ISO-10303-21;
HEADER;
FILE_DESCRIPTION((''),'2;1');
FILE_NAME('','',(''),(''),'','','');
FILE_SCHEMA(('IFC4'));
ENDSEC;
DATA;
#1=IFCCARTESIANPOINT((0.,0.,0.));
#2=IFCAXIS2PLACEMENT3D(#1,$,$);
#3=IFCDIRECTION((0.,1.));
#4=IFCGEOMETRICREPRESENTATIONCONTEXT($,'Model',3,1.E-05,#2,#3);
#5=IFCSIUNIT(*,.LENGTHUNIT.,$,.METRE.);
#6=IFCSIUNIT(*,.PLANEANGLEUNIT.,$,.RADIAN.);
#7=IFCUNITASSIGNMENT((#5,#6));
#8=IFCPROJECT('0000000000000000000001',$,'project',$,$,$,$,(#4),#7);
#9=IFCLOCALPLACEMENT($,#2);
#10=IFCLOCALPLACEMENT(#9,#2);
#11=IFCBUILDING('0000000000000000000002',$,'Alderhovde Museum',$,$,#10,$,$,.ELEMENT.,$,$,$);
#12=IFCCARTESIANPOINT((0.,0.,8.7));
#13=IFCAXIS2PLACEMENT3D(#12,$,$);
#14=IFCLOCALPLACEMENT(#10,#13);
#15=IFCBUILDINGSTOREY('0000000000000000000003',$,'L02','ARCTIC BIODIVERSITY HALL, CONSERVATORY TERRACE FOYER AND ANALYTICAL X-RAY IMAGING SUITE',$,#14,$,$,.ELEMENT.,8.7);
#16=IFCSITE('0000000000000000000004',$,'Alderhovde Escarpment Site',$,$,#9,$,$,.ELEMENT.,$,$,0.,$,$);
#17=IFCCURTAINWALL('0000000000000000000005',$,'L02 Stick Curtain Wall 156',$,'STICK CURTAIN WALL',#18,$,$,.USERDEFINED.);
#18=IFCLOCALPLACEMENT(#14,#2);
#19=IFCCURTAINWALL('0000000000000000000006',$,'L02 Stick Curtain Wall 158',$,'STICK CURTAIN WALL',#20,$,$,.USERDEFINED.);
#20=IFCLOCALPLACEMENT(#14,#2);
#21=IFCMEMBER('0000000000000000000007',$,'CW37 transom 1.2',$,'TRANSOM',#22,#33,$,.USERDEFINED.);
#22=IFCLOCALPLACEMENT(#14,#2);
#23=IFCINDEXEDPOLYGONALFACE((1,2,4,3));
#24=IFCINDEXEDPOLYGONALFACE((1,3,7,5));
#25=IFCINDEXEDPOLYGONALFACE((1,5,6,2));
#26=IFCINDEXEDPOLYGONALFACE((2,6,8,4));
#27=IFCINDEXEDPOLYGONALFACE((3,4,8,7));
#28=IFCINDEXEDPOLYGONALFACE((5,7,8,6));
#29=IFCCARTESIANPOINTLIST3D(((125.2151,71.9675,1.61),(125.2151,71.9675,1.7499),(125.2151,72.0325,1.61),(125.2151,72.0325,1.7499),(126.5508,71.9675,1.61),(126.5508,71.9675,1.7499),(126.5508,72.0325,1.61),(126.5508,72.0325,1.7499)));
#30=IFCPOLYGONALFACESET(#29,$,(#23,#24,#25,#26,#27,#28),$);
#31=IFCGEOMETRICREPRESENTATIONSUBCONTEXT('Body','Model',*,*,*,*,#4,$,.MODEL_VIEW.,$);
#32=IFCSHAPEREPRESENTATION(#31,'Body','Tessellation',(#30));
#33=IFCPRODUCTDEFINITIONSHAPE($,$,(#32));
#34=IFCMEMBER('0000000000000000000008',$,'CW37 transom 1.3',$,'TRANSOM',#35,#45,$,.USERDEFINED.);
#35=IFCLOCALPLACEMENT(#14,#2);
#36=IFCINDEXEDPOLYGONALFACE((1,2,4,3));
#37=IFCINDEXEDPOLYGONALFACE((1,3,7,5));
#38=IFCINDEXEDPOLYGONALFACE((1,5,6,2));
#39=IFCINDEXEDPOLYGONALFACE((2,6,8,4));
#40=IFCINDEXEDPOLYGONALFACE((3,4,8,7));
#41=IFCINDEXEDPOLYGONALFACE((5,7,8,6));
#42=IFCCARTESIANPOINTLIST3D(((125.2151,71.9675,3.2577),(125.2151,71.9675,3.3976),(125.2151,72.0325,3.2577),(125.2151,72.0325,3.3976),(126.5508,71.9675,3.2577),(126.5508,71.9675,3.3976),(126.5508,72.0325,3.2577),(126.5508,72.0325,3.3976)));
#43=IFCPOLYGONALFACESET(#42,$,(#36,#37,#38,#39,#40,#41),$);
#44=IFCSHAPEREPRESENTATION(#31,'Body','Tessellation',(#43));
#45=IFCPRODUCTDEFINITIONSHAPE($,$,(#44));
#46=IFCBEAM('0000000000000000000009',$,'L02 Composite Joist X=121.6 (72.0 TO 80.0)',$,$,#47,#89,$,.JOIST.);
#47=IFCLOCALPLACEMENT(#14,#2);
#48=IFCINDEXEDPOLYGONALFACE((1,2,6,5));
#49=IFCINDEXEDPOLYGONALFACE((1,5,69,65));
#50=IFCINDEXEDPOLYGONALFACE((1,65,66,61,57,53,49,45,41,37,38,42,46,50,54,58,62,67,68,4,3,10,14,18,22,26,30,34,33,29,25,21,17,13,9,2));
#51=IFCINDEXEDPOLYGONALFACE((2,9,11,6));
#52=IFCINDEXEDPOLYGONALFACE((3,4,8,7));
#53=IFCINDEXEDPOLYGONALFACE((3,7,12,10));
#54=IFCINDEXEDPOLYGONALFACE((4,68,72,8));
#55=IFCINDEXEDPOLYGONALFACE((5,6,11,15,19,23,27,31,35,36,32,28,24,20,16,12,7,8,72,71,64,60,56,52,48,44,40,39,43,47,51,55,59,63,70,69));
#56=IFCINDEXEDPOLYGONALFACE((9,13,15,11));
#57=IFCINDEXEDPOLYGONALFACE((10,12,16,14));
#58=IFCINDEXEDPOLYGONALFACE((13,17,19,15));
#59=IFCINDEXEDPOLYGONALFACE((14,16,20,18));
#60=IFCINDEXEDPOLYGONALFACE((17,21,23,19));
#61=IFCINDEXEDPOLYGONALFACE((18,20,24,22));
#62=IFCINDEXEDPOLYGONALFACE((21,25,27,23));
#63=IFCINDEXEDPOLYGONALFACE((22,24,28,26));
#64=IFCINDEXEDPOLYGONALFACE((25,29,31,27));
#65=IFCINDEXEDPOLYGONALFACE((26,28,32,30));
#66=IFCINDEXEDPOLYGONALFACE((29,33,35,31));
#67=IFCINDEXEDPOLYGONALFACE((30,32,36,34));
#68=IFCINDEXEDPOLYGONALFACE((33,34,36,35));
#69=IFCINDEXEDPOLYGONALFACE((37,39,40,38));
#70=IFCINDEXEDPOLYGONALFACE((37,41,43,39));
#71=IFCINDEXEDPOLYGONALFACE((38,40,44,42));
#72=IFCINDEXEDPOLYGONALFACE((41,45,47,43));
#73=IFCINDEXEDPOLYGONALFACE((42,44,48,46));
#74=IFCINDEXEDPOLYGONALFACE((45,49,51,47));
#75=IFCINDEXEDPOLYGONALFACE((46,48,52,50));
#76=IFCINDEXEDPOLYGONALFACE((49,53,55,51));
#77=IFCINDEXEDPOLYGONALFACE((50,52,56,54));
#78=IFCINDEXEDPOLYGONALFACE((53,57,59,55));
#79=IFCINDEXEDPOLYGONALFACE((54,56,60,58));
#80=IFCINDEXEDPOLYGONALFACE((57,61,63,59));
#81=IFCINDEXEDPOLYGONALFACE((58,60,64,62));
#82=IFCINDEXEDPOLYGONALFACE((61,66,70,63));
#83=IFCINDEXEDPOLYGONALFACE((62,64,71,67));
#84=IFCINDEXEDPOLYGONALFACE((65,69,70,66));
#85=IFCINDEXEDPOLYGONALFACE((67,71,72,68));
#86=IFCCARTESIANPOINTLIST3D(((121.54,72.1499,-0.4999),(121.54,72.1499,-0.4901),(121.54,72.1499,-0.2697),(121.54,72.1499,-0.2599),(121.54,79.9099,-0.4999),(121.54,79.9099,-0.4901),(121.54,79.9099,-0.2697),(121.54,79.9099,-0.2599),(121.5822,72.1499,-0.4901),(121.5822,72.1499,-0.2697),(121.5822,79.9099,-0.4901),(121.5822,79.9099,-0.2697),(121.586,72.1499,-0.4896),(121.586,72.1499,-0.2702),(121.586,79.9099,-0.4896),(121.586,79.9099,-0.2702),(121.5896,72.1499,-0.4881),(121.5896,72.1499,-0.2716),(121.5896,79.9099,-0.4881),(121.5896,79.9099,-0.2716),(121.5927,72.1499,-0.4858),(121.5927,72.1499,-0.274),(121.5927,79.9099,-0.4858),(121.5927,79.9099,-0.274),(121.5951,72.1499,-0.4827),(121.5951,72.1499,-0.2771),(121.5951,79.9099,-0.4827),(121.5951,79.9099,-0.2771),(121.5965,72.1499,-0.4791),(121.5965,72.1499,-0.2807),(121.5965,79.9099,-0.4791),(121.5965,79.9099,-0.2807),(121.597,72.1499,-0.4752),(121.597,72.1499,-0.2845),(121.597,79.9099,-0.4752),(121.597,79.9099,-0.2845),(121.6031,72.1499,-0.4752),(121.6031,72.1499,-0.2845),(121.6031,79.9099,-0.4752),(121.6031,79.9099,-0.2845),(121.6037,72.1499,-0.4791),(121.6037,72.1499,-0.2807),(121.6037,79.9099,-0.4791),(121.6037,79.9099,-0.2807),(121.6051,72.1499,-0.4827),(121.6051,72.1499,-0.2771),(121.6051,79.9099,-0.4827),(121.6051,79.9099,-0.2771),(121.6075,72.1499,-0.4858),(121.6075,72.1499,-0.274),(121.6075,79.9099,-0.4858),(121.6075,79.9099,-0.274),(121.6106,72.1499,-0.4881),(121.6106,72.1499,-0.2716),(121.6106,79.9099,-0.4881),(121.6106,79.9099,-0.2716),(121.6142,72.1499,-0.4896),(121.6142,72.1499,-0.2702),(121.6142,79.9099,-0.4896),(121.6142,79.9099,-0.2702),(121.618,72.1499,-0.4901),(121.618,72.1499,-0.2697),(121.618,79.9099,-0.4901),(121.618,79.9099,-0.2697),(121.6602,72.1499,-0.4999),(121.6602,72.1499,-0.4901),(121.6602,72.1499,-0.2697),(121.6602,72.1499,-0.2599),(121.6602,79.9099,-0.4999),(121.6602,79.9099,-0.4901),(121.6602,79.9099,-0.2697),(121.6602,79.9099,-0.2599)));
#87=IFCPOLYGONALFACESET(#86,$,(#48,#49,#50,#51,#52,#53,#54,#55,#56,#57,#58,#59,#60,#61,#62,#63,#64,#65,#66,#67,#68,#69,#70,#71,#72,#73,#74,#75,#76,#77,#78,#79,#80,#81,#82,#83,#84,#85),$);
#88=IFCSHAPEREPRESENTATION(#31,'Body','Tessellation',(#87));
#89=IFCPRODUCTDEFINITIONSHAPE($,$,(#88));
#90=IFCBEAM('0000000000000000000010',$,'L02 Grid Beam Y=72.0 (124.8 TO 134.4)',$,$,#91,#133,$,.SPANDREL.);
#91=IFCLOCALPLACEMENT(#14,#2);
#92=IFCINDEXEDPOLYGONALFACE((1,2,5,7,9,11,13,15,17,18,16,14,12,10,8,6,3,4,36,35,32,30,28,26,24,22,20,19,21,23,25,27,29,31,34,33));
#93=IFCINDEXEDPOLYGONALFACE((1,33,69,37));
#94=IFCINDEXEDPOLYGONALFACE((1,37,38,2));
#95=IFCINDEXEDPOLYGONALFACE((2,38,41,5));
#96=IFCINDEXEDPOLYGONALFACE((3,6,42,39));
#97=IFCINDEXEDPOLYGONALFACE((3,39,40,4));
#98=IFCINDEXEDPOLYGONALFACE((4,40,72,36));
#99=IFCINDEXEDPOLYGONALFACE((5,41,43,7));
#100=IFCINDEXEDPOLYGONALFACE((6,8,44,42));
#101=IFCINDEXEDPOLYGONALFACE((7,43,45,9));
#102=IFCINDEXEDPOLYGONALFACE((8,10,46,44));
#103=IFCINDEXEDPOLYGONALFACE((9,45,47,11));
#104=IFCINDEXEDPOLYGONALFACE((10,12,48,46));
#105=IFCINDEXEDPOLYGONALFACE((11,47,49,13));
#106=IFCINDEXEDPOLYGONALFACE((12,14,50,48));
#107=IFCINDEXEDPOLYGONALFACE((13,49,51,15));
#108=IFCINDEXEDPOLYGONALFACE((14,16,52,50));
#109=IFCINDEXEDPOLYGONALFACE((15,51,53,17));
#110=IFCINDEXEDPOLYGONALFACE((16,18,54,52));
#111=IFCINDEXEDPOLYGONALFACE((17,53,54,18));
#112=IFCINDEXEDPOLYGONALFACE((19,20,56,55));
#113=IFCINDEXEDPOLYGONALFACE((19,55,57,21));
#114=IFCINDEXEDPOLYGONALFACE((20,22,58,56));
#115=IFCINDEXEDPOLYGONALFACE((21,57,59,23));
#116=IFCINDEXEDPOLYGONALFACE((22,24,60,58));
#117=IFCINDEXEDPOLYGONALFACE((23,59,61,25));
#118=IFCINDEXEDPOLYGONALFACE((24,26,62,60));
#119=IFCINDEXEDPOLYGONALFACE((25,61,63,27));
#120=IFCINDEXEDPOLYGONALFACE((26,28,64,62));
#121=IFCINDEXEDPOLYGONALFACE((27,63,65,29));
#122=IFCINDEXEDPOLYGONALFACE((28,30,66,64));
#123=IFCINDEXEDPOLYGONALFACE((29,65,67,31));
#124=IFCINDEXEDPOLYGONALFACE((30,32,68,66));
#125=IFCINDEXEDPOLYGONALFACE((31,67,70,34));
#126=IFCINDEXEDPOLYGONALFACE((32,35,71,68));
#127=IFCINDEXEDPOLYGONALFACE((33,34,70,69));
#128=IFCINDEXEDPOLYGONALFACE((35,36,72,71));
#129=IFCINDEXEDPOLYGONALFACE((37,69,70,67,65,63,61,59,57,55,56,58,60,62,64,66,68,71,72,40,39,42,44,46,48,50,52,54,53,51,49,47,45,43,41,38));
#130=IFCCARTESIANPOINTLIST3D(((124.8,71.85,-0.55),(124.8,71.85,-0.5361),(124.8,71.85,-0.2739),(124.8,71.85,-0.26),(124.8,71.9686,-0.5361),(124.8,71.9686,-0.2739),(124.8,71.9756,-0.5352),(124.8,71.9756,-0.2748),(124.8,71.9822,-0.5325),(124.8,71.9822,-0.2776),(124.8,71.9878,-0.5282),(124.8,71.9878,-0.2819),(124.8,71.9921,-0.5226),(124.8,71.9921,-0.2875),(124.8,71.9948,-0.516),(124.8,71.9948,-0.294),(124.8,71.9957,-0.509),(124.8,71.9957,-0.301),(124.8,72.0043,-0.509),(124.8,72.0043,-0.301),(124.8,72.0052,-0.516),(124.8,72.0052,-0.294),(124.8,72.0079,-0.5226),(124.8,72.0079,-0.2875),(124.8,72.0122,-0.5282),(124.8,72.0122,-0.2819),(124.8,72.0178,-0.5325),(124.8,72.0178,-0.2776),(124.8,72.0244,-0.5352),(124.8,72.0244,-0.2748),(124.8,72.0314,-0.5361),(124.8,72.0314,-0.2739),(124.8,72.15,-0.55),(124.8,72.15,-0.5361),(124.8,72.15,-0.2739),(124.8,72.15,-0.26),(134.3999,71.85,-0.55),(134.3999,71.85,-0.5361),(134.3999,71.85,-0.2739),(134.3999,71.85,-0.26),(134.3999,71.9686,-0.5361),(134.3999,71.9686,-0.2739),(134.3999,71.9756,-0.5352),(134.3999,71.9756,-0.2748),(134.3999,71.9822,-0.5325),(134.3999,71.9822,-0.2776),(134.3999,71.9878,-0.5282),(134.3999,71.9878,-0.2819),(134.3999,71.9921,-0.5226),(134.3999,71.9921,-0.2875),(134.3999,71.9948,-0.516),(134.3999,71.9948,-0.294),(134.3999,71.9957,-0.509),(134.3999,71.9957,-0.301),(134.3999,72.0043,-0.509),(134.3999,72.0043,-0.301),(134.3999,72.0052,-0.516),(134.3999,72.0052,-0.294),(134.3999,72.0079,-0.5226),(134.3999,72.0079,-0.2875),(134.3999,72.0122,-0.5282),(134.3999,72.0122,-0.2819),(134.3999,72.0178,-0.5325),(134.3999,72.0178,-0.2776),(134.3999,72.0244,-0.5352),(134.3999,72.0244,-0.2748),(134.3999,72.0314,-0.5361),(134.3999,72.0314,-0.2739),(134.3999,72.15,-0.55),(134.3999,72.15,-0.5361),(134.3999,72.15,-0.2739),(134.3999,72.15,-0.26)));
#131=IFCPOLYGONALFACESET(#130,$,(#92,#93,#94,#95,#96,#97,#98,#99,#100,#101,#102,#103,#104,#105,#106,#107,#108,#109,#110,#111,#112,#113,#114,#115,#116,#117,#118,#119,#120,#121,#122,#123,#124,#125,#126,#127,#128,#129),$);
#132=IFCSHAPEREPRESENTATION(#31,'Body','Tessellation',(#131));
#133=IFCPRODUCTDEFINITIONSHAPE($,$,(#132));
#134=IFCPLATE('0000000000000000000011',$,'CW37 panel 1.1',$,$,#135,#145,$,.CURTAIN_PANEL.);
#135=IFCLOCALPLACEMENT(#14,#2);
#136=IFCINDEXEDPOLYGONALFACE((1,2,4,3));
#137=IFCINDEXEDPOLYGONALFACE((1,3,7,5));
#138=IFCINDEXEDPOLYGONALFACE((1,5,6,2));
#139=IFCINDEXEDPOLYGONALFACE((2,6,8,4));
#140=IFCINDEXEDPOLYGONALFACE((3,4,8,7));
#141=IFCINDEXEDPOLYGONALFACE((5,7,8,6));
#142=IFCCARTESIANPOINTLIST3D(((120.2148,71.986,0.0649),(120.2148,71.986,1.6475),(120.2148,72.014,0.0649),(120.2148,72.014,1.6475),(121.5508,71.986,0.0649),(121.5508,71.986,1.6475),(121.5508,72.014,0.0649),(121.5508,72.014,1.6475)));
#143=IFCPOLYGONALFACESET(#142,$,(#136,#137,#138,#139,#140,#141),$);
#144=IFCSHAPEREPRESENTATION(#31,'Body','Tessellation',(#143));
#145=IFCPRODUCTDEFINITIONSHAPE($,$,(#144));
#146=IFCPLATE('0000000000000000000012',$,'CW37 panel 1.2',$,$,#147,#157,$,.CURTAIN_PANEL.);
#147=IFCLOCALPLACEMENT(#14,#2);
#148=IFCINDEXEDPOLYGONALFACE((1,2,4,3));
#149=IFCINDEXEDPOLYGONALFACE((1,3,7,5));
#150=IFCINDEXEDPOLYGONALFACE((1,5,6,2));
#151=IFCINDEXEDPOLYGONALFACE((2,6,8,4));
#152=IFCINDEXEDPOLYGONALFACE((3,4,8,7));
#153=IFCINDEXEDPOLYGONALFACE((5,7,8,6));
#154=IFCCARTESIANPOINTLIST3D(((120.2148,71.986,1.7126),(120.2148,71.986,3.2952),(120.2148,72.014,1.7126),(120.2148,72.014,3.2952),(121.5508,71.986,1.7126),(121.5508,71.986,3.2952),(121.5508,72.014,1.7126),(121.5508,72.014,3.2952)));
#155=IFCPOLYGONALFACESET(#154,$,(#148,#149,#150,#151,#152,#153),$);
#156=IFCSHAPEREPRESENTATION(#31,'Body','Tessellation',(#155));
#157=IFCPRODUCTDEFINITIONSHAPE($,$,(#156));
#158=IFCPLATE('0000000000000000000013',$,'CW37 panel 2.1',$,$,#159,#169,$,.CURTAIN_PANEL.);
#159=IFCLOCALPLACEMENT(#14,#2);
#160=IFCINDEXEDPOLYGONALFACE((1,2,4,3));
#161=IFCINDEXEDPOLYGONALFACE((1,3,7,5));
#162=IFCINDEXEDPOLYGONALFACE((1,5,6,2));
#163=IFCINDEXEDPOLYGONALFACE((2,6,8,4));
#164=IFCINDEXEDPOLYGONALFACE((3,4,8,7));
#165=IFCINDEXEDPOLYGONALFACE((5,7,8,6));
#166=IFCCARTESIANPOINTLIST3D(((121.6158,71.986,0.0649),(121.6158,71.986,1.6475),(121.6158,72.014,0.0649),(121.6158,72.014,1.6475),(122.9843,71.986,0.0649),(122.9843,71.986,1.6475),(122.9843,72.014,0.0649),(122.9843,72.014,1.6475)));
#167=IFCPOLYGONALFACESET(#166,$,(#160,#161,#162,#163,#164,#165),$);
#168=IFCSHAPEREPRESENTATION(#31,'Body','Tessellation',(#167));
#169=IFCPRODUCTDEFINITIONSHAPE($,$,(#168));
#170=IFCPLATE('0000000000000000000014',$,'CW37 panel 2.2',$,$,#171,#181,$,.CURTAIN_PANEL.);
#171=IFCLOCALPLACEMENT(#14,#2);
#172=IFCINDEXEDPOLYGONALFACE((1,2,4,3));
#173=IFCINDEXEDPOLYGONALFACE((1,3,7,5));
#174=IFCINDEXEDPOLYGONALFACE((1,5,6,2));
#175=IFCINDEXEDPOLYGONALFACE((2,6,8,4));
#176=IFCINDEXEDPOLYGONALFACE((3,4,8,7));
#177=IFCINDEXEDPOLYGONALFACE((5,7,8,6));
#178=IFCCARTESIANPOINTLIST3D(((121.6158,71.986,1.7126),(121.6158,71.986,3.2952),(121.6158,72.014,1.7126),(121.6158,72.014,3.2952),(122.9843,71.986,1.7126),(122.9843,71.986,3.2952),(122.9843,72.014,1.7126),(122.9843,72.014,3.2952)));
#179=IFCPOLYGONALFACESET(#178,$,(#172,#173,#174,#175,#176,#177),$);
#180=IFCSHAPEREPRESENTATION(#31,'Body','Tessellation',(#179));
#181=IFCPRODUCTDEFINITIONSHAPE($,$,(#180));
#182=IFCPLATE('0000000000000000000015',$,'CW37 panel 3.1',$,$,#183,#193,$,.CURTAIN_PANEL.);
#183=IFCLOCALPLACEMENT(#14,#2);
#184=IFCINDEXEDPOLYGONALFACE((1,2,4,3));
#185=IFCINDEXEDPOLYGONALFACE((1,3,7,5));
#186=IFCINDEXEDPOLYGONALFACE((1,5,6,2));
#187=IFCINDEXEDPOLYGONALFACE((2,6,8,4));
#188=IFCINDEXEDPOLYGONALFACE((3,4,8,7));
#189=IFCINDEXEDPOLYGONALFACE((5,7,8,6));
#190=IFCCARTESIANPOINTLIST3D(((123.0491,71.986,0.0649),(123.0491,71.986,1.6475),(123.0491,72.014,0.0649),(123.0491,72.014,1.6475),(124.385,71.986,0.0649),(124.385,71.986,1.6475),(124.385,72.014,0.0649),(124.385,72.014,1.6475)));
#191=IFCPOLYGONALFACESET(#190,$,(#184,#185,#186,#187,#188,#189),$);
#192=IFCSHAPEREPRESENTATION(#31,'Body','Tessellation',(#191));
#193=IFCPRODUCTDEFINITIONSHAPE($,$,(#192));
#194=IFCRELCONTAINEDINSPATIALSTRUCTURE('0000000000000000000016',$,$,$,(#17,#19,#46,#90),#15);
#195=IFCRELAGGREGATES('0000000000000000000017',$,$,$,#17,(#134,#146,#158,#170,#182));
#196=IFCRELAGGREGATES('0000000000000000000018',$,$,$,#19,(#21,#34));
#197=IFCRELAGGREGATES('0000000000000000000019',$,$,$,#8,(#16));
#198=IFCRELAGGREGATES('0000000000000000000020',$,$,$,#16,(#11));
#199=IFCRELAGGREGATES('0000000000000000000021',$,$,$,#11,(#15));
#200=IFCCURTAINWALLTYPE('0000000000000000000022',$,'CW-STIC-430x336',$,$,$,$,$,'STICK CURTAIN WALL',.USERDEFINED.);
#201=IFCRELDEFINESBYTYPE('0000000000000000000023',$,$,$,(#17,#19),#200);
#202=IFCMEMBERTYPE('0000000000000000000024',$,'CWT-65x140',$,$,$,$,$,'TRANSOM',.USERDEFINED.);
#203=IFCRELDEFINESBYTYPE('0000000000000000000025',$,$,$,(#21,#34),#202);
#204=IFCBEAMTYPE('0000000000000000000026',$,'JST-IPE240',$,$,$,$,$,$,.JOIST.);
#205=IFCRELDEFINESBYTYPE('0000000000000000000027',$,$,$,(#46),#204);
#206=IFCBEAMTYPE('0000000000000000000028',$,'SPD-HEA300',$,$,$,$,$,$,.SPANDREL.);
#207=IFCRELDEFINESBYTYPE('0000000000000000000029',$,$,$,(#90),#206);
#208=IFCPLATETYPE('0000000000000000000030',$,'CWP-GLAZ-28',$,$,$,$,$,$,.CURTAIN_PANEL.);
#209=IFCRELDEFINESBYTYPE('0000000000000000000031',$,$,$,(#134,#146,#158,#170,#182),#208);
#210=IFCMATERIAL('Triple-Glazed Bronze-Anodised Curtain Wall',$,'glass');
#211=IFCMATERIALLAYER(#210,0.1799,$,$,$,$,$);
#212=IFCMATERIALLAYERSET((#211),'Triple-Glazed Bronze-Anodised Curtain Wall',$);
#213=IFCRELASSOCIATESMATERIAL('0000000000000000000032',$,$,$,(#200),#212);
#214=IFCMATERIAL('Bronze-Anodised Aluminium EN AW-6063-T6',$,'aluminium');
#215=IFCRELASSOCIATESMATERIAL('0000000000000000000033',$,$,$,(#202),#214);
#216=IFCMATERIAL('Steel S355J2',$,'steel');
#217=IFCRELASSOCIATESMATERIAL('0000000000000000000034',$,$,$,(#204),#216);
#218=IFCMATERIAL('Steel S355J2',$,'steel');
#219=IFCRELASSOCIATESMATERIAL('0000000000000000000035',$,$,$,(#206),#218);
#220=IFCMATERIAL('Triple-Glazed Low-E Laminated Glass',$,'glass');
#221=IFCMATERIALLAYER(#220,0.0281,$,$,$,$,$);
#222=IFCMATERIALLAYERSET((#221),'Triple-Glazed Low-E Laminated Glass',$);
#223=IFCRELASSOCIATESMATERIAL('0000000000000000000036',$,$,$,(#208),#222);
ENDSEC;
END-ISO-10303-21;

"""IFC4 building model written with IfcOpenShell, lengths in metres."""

from ifc_helpers import new_model, si_unit, direction, frame, origin, origin_2d, place, context, subcontext, project, spatial, rectangle, i_section, extrude, material, layer, layer_set, material_profile, profile_set, type_object, element, aggregate, save


model = new_model("IFC4")

# Units and contexts
model_context = context("Model", 3, precision=1e-05, world=origin(), true_north=direction((0.0, 1.0)))
body_context = subcontext(model_context, "Body", "Model", "MODEL_VIEW")
ifc_project = project(units=[si_unit("LENGTHUNIT", "METRE"), si_unit("PLANEANGLEUNIT", "RADIAN")], contexts=[model_context])

# Site, building, storey
site_placement = place(None, origin())
site = spatial("IfcSite", under=ifc_project, at=site_placement, Name="Alderhovde Escarpment Site", CompositionType="ELEMENT", RefElevation=0.0)
building_placement = place(site_placement, origin())
building = spatial("IfcBuilding", under=site, at=building_placement, Name="Alderhovde Museum", CompositionType="ELEMENT")
storey_placement = place(building_placement, frame((0.0, 0.0, 8.7)))
storey = spatial("IfcBuildingStorey", under=building, at=storey_placement, Name="L02", Description="ARCTIC BIODIVERSITY HALL, CONSERVATORY TERRACE FOYER AND ANALYTICAL X-RAY IMAGING SUITE", CompositionType="ELEMENT", Elevation=8.7)

# Curtain wall
ifc_material_1 = material(Name="Triple-Glazed Bronze-Anodised Curtain Wall", Category="glass")
ifc_layer_1 = layer(ifc_material_1, 0.1799)
ifc_layer_set_1 = layer_set([ifc_layer_1], Name="Triple-Glazed Bronze-Anodised Curtain Wall")
curtain_wall_type = type_object("IfcCurtainWallType", Name="CW-STIC-430x336", ElementType="STICK CURTAIN WALL", PredefinedType="USERDEFINED", material=ifc_layer_set_1)
curtain_wall_1_placement = place(storey_placement, origin())
curtain_wall_1 = element("IfcCurtainWall", 1, at=curtain_wall_1_placement, inside=storey, type_object=curtain_wall_type, Name="L02 Stick Curtain Wall 156", ObjectType="STICK CURTAIN WALL", PredefinedType="USERDEFINED")

# Curtain wall
curtain_wall_2_placement = place(storey_placement, origin())
curtain_wall_2 = element("IfcCurtainWall", 2, at=curtain_wall_2_placement, inside=storey, type_object=curtain_wall_type, Name="L02 Stick Curtain Wall 158", ObjectType="STICK CURTAIN WALL", PredefinedType="USERDEFINED")

# Members
ifc_material_2 = material(Name="Bronze-Anodised Aluminium EN AW-6063-T6", Category="aluminium")
ifc_material_profile_1 = material_profile(ifc_material_2, rectangle(XDim=0.0649, YDim=0.1399, at=origin_2d()), Name="TRANSOM 65x140")
ifc_profile_set_1 = profile_set([ifc_material_profile_1], Name="Bronze-Anodised Aluminium EN AW-6063-T6")
member_type_1 = type_object("IfcMemberType", Name="CWT-65x140", ElementType="TRANSOM", PredefinedType="USERDEFINED", material=ifc_profile_set_1)
member_1_placement = place(storey_placement, frame((125.2151, 72.0, 1.6799), z_axis=(1.0, 0.0, 0.0), x_axis=(0.0, 1.0, 0.0)))
member_1 = element("IfcMember", 3, at=member_1_placement, type_object=member_type_1, Name="CW37 transom 1.2", ObjectType="TRANSOM", PredefinedType="USERDEFINED", context=body_context, shape_type="SweptSolid", body=[
    extrude(rectangle(XDim=0.0649, YDim=0.1399, at=origin_2d()), origin(), (0.0, 0.0, 1.0), 1.3357),
])
member_2_placement = place(storey_placement, frame((125.2151, 72.0, 3.3276), z_axis=(1.0, 0.0, 0.0), x_axis=(0.0, 1.0, 0.0)))
member_2 = element("IfcMember", 4, at=member_2_placement, type_object=member_type_1, Name="CW37 transom 1.3", ObjectType="TRANSOM", PredefinedType="USERDEFINED", context=body_context, shape_type="SweptSolid", body=[
    extrude(rectangle(XDim=0.0649, YDim=0.1399, at=origin_2d()), origin(), (0.0, 0.0, 1.0), 1.3357),
])

# Beams
ifc_material_3 = material(Name="Steel S355J2", Category="steel")
ifc_material_profile_2 = material_profile(ifc_material_3, i_section(OverallWidth=0.1201, OverallDepth=0.24, WebThickness=0.0061, FlangeThickness=0.0098, FilletRadius=0.0149, at=origin_2d()), Name="IPE 240")
ifc_profile_set_2 = profile_set([ifc_material_profile_2], Name="Steel S355J2")
beam_type_1 = type_object("IfcBeamType", Name="JST-IPE240", PredefinedType="JOIST", material=ifc_profile_set_2)
beam_1_placement = place(storey_placement, frame((121.6001, 72.1499, -0.3799), z_axis=(0.0, 1.0, 0.0), x_axis=(-1.0, 0.0, 0.0)))
element("IfcBeam", 5, at=beam_1_placement, inside=storey, type_object=beam_type_1, Name="L02 Composite Joist X=121.6 (72.0 TO 80.0)", PredefinedType="JOIST", context=body_context, shape_type="SweptSolid", body=[
    extrude(i_section(OverallWidth=0.1201, OverallDepth=0.24, WebThickness=0.0061, FlangeThickness=0.0098, FilletRadius=0.0149, at=origin_2d()), origin(), (0.0, 0.0, 1.0), 7.76),
])
ifc_material_4 = material(Name="Steel S355J2", Category="steel")
ifc_material_profile_3 = material_profile(ifc_material_4, i_section(OverallWidth=0.3, OverallDepth=0.29, WebThickness=0.0085, FlangeThickness=0.0139, FilletRadius=0.0271, at=origin_2d()), Name="HEA 300")
ifc_profile_set_3 = profile_set([ifc_material_profile_3], Name="Steel S355J2")
beam_type_2 = type_object("IfcBeamType", Name="SPD-HEA300", PredefinedType="SPANDREL", material=ifc_profile_set_3)
beam_2_placement = place(storey_placement, frame((124.8, 72.0, -0.405), z_axis=(1.0, 0.0, 0.0), x_axis=(0.0, 1.0, 0.0)))
element("IfcBeam", 6, at=beam_2_placement, inside=storey, type_object=beam_type_2, Name="L02 Grid Beam Y=72.0 (124.8 TO 134.4)", PredefinedType="SPANDREL", context=body_context, shape_type="SweptSolid", body=[
    extrude(i_section(OverallWidth=0.3, OverallDepth=0.29, WebThickness=0.0085, FlangeThickness=0.0139, FilletRadius=0.0271, at=origin_2d()), origin(), (0.0, 0.0, 1.0), 9.5999),
])

# Plates
ifc_material_5 = material(Name="Triple-Glazed Low-E Laminated Glass", Category="glass")
ifc_layer_2 = layer(ifc_material_5, 0.0281)
ifc_layer_set_2 = layer_set([ifc_layer_2], Name="Triple-Glazed Low-E Laminated Glass")
plate_type_1 = type_object("IfcPlateType", Name="CWP-GLAZ-28", PredefinedType="CURTAIN_PANEL", material=ifc_layer_set_2)
plate_1_placement = place(storey_placement, frame((120.8828, 72.0, 0.0649), z_axis=(0.0, 0.0, 1.0), x_axis=(1.0, 0.0, 0.0)))
plate_1 = element("IfcPlate", 7, at=plate_1_placement, type_object=plate_type_1, Name="CW37 panel 1.1", PredefinedType="CURTAIN_PANEL", context=body_context, shape_type="SweptSolid", body=[
    extrude(rectangle(XDim=1.3359, YDim=0.0281, at=origin_2d()), origin(), (0.0, 0.0, 1.0), 1.5825),
])
plate_2_placement = place(storey_placement, frame((120.8828, 72.0, 1.7126), z_axis=(0.0, 0.0, 1.0), x_axis=(1.0, 0.0, 0.0)))
plate_2 = element("IfcPlate", 8, at=plate_2_placement, type_object=plate_type_1, Name="CW37 panel 1.2", PredefinedType="CURTAIN_PANEL", context=body_context, shape_type="SweptSolid", body=[
    extrude(rectangle(XDim=1.3359, YDim=0.0281, at=origin_2d()), origin(), (0.0, 0.0, 1.0), 1.5825),
])
plate_3_placement = place(storey_placement, frame((122.3, 72.0, 0.0649), z_axis=(0.0, 0.0, 1.0), x_axis=(1.0, 0.0, 0.0)))
plate_3 = element("IfcPlate", 9, at=plate_3_placement, type_object=plate_type_1, Name="CW37 panel 2.1", PredefinedType="CURTAIN_PANEL", context=body_context, shape_type="SweptSolid", body=[
    extrude(rectangle(XDim=1.3684, YDim=0.0281, at=origin_2d()), origin(), (0.0, 0.0, 1.0), 1.5825),
])
plate_4_placement = place(storey_placement, frame((122.3, 72.0, 1.7126), z_axis=(0.0, 0.0, 1.0), x_axis=(1.0, 0.0, 0.0)))
plate_4 = element("IfcPlate", 10, at=plate_4_placement, type_object=plate_type_1, Name="CW37 panel 2.2", PredefinedType="CURTAIN_PANEL", context=body_context, shape_type="SweptSolid", body=[
    extrude(rectangle(XDim=1.3684, YDim=0.0281, at=origin_2d()), origin(), (0.0, 0.0, 1.0), 1.5825),
])
plate_5_placement = place(storey_placement, frame((123.717, 72.0, 0.0649), z_axis=(0.0, 0.0, 1.0), x_axis=(1.0, 0.0, 0.0)))
plate_5 = element("IfcPlate", 11, at=plate_5_placement, type_object=plate_type_1, Name="CW37 panel 3.1", PredefinedType="CURTAIN_PANEL", context=body_context, shape_type="SweptSolid", body=[
    extrude(rectangle(XDim=1.3359, YDim=0.0281, at=origin_2d()), origin(), (0.0, 0.0, 1.0), 1.5825),
])
aggregate(curtain_wall_1, [plate_1, plate_2, plate_3, plate_4, plate_5])
aggregate(curtain_wall_2, [member_1, member_2])

save(model, "model.ifc")
